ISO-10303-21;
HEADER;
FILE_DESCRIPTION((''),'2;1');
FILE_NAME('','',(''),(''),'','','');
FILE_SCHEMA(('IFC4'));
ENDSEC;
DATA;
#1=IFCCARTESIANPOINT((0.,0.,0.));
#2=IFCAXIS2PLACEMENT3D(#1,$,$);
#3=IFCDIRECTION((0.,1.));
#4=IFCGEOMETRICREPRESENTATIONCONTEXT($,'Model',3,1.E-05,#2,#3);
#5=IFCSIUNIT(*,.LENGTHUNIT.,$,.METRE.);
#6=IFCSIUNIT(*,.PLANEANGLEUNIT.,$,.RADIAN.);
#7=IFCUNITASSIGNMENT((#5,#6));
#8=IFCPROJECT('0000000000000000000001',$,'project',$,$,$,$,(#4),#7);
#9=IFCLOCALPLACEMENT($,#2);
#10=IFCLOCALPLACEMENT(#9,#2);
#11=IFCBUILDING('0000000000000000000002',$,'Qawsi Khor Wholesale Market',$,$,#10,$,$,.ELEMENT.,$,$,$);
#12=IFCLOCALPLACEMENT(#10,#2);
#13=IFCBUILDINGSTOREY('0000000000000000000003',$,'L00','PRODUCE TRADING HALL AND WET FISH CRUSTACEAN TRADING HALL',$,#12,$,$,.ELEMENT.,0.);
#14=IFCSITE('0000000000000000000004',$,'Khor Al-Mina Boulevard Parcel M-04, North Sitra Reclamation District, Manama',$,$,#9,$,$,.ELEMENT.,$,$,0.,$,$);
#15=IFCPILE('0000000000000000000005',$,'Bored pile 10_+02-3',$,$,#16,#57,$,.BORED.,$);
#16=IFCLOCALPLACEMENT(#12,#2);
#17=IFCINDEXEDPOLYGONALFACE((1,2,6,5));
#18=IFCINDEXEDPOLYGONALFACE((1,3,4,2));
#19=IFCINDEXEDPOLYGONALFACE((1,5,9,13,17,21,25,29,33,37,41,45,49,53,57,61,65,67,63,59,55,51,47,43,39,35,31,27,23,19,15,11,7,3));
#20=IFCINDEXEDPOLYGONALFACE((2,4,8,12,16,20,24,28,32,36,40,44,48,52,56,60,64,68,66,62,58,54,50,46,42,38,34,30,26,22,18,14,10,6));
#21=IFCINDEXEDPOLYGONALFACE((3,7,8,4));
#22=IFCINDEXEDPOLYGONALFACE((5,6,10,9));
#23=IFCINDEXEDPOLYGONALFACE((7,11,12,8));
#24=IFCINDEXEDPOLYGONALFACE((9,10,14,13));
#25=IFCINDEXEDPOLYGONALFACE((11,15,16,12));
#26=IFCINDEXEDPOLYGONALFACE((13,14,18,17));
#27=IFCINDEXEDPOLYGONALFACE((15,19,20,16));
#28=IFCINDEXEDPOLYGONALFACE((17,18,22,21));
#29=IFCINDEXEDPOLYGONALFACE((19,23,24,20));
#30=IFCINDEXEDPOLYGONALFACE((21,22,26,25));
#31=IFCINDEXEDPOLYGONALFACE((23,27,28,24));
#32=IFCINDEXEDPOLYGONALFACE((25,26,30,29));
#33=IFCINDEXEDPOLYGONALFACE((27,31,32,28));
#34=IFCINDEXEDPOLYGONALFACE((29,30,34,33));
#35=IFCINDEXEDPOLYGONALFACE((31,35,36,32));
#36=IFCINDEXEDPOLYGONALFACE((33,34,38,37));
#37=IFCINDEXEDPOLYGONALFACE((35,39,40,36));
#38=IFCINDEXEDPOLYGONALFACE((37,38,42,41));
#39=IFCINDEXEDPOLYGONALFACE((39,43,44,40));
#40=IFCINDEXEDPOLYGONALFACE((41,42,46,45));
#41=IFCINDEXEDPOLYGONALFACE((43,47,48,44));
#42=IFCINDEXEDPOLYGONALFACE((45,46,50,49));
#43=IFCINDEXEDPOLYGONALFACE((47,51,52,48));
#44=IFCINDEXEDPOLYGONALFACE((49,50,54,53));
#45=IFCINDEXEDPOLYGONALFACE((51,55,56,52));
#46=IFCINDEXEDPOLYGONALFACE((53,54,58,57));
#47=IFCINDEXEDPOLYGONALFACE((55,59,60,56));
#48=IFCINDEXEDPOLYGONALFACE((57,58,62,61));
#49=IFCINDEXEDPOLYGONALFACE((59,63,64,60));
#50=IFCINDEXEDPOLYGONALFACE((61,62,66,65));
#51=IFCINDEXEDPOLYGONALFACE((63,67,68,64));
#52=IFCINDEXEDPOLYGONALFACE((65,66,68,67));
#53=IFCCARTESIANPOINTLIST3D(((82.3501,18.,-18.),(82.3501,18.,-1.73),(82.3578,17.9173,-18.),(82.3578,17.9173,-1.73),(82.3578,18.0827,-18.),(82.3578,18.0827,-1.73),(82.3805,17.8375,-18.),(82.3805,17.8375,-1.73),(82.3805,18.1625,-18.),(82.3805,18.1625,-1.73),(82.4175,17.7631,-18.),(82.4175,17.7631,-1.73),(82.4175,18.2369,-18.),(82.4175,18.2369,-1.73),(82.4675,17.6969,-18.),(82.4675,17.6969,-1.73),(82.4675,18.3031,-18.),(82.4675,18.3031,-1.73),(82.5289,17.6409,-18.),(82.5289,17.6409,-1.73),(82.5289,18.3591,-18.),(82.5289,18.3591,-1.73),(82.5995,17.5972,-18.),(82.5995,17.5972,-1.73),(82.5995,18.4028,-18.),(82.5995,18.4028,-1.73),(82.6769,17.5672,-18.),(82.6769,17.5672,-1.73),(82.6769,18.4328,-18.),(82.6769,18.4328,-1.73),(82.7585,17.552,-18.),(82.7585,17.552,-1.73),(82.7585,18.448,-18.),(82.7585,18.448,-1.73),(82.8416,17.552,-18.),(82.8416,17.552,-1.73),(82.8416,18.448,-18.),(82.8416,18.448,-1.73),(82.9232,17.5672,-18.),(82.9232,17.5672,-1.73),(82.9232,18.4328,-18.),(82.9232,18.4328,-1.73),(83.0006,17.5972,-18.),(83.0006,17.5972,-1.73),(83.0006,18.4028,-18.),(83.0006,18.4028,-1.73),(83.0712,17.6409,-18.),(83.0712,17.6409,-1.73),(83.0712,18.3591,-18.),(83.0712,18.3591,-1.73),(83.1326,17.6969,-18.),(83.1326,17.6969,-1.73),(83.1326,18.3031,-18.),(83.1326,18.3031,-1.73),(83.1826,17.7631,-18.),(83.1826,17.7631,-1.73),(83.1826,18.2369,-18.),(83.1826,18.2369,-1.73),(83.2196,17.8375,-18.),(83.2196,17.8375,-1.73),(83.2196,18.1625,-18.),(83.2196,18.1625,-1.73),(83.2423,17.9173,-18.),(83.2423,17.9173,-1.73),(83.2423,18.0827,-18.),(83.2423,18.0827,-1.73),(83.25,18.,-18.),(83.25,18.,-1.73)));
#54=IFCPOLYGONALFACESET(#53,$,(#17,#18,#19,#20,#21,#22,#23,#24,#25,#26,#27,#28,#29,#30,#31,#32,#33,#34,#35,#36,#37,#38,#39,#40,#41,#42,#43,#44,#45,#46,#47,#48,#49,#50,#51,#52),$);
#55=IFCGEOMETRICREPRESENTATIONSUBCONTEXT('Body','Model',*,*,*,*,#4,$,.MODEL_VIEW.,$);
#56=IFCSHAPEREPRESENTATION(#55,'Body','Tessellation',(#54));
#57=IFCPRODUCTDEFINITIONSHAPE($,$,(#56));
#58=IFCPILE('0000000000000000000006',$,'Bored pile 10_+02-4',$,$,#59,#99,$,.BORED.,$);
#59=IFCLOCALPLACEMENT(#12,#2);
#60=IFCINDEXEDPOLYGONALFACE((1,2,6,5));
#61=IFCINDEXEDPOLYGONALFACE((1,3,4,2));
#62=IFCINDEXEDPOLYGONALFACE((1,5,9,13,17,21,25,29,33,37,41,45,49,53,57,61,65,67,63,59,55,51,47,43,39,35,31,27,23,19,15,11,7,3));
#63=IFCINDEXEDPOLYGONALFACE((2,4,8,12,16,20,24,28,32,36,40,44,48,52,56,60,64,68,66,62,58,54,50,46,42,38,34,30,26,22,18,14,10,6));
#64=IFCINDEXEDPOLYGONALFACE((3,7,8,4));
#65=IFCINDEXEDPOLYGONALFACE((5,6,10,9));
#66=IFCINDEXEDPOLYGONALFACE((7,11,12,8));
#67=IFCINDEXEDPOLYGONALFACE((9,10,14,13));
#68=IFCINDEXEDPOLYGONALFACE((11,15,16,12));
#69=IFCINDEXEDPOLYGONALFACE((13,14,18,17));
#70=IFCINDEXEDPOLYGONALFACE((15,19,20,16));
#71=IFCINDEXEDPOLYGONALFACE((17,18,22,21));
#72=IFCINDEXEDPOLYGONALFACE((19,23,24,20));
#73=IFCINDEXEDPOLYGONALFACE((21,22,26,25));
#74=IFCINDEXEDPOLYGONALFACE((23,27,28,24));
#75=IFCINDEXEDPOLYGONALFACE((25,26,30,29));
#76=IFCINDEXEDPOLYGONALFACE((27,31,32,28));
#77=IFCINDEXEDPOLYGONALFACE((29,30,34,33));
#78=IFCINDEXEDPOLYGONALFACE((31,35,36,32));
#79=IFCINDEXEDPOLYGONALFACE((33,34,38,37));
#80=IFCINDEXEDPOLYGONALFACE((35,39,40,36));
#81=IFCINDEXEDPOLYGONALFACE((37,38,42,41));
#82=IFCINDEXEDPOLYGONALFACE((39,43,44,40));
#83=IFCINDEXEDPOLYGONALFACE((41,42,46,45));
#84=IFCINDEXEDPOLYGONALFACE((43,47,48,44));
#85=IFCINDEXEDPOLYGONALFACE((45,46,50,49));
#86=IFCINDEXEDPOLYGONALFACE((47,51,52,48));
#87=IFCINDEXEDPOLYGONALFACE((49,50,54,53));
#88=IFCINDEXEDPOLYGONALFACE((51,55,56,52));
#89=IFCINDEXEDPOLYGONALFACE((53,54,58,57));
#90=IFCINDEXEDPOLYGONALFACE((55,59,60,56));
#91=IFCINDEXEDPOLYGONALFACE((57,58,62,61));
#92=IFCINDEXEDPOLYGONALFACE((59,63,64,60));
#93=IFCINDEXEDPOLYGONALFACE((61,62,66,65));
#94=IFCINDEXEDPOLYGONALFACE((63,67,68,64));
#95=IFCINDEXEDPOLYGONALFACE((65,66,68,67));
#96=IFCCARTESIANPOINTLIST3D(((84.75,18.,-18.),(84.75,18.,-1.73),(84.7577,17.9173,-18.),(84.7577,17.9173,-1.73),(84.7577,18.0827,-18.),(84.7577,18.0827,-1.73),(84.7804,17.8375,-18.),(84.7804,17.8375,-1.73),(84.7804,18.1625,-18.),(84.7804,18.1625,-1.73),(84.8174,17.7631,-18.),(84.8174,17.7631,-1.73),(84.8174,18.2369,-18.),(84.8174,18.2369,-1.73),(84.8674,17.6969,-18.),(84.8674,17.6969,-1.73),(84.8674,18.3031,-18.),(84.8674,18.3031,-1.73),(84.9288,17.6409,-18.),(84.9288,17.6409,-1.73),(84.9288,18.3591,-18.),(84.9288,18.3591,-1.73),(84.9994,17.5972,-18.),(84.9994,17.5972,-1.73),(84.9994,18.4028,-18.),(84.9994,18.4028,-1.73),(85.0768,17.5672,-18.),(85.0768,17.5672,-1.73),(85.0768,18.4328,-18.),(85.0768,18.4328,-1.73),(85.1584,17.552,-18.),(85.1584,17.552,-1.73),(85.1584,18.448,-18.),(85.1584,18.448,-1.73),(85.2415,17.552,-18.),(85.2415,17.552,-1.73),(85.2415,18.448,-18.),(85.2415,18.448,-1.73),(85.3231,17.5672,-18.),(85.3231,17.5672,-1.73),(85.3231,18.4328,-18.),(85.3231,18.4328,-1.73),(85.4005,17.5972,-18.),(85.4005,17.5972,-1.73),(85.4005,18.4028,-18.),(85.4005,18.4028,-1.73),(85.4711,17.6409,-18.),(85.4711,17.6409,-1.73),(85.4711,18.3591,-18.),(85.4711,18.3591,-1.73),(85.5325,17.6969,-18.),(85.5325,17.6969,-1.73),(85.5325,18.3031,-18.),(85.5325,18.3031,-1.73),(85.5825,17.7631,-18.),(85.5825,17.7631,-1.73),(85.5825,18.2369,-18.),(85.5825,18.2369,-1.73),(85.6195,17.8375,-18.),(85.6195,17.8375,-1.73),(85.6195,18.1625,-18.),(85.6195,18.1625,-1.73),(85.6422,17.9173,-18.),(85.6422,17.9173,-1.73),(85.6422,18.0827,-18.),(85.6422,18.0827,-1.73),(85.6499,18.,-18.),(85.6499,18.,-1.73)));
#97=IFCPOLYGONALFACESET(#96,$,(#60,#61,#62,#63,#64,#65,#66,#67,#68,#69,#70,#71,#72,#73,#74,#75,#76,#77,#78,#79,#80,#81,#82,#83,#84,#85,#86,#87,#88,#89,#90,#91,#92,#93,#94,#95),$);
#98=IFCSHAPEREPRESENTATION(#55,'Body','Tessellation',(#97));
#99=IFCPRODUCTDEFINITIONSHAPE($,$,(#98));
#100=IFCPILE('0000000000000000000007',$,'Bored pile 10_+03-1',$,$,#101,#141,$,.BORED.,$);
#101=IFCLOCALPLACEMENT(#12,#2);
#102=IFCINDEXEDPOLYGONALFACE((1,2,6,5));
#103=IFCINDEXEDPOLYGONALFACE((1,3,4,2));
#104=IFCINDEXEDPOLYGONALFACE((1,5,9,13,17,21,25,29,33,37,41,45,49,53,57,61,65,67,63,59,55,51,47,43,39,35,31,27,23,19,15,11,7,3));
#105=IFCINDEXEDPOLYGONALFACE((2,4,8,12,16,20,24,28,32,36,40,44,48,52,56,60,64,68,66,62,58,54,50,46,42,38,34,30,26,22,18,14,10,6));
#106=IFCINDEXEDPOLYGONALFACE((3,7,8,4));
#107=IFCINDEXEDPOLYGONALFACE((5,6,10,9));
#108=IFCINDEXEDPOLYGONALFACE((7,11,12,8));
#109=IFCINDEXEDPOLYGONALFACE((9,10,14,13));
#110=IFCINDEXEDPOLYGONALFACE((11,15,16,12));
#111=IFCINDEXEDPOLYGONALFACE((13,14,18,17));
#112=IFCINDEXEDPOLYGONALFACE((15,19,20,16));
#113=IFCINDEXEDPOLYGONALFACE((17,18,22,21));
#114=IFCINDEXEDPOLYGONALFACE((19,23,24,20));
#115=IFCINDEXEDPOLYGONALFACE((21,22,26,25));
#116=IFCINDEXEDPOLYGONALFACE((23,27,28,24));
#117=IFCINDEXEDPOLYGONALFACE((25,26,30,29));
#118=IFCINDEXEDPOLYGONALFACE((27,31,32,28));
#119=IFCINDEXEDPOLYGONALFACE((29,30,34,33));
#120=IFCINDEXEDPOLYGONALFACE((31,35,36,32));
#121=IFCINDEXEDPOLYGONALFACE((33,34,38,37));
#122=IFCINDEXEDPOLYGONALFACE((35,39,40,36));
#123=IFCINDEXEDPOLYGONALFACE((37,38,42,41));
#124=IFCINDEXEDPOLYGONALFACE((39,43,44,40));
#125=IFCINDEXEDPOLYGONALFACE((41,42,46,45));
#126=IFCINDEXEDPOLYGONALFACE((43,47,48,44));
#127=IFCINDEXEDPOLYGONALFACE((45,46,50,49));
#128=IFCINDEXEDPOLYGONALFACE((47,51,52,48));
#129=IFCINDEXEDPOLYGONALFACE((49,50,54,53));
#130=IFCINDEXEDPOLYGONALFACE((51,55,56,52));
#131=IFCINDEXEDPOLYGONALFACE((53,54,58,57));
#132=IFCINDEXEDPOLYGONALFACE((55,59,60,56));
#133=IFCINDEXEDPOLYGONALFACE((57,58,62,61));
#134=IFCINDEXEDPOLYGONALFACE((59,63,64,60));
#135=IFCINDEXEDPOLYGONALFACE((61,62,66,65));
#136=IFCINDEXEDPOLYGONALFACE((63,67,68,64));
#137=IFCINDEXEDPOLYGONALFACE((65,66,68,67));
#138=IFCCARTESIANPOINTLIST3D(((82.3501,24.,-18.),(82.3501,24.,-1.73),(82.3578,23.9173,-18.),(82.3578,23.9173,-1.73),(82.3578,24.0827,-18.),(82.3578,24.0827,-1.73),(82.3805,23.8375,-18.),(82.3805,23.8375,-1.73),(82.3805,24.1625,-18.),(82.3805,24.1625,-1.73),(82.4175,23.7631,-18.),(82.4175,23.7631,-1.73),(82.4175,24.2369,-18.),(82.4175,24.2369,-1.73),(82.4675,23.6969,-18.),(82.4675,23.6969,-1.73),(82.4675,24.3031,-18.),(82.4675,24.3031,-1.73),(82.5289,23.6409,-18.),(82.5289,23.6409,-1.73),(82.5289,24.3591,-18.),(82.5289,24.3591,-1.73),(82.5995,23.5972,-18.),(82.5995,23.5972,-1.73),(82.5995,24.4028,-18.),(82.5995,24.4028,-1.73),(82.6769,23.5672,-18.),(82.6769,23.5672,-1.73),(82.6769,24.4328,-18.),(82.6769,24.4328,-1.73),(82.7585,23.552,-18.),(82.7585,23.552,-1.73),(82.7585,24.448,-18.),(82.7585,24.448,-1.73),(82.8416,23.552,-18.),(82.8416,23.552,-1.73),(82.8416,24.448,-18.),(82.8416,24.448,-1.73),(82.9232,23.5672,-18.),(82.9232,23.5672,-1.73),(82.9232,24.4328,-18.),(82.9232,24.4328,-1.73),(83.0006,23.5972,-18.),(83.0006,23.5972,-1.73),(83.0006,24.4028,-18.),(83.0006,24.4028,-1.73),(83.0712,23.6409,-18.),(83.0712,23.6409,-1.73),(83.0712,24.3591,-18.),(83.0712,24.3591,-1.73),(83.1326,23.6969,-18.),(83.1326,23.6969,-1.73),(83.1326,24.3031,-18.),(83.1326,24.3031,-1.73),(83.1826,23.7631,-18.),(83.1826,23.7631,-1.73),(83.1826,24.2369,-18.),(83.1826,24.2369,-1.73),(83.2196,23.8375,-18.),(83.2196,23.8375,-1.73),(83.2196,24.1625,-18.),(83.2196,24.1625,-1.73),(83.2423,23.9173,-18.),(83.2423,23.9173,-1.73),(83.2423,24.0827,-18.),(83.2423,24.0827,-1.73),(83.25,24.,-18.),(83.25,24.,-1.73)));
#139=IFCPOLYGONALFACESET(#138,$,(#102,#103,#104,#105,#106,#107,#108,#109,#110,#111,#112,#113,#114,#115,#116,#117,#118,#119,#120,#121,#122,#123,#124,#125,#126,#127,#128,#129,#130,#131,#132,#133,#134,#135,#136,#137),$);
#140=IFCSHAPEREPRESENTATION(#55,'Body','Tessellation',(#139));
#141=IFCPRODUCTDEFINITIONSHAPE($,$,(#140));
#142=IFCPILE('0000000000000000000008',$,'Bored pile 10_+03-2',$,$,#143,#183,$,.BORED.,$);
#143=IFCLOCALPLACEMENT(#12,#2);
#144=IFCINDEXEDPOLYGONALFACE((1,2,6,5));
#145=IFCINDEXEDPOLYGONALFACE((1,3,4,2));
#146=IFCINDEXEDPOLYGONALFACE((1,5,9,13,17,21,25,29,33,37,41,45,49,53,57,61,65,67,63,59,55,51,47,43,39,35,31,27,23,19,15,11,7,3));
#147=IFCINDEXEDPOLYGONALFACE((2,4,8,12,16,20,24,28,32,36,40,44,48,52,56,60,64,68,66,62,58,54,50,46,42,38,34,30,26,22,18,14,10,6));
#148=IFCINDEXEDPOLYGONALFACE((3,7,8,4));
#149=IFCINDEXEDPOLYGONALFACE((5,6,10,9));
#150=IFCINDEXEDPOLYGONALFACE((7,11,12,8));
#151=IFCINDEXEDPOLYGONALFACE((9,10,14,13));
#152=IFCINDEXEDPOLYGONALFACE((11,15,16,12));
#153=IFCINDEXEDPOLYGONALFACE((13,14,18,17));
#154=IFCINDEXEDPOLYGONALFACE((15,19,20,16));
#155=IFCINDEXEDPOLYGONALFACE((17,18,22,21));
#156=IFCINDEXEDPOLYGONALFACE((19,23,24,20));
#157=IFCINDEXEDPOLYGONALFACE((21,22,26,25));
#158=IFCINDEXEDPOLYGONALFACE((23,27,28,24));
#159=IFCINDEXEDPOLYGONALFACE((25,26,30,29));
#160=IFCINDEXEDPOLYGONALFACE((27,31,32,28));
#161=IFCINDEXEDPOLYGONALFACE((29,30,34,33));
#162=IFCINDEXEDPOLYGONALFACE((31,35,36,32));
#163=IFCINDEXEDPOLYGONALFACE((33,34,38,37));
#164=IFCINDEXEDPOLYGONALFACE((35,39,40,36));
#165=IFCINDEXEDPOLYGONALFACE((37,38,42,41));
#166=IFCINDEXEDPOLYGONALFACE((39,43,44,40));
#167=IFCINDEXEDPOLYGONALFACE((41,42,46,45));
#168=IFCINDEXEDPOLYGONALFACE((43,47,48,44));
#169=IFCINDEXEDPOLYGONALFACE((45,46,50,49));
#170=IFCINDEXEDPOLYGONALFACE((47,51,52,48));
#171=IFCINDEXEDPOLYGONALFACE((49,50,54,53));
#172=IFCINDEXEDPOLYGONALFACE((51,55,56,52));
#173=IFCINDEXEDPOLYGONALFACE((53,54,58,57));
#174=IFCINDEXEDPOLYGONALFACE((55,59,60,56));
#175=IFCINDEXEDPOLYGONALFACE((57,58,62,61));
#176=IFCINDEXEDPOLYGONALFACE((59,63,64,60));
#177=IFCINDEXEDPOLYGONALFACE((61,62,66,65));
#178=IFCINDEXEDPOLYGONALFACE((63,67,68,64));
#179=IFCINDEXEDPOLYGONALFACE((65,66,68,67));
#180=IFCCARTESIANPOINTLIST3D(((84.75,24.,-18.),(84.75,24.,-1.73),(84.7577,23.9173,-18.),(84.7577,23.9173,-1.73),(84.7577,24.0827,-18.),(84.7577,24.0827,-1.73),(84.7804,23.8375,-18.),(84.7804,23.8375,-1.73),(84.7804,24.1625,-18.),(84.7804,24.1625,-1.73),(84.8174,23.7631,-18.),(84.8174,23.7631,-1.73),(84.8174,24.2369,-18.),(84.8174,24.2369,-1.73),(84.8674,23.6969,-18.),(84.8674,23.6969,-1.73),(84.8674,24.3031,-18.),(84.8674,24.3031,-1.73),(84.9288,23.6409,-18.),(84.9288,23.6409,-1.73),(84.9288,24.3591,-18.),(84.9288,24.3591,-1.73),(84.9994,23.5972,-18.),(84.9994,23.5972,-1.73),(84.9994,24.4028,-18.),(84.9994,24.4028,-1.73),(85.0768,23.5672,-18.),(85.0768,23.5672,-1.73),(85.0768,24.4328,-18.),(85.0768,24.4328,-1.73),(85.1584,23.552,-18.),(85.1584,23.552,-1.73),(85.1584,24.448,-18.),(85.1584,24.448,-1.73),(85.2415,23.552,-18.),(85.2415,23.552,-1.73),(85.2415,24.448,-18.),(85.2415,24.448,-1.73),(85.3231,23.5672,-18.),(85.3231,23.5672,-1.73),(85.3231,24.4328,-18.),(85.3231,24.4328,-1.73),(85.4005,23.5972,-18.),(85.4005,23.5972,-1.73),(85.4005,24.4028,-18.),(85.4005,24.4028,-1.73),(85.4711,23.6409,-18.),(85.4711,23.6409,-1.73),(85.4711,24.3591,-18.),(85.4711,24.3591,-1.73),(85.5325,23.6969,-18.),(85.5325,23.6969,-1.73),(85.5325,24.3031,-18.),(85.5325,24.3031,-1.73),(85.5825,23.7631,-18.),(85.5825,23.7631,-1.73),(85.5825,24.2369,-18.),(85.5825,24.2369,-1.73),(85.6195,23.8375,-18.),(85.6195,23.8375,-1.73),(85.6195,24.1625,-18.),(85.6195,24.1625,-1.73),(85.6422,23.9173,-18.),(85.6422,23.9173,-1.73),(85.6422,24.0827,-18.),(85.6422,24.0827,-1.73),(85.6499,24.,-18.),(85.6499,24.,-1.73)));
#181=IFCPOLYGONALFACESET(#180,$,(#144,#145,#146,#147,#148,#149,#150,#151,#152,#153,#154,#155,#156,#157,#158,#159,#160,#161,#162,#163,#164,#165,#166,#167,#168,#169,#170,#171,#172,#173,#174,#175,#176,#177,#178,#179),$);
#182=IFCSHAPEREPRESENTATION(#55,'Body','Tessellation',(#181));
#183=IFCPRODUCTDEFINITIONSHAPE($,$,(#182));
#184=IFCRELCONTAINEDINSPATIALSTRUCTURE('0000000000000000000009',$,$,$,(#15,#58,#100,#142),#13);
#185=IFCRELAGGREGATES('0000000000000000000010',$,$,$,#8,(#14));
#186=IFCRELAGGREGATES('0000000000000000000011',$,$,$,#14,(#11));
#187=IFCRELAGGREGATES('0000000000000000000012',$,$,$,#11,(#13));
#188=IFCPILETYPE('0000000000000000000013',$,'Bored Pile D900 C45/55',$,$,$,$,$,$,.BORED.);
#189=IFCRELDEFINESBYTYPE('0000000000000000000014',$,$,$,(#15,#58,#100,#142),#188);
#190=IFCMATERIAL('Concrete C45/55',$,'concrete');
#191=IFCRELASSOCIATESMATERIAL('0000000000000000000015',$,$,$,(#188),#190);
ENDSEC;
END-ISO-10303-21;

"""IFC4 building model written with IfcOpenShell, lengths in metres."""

from ifc_helpers import new_model, si_unit, direction, frame, origin, origin_2d, place, context, subcontext, project, spatial, circle, extrude, material, material_profile, profile_set, type_object, element, save


model = new_model("IFC4")

# Units and contexts
model_context = context("Model", 3, precision=1e-05, world=origin(), true_north=direction((0.0, 1.0)))
body_context = subcontext(model_context, "Body", "Model", "MODEL_VIEW")
ifc_project = project(units=[si_unit("LENGTHUNIT", "METRE"), si_unit("PLANEANGLEUNIT", "RADIAN")], contexts=[model_context])

# Site, building, storey
site_placement = place(None, origin())
site = spatial("IfcSite", under=ifc_project, at=site_placement, Name="Khor Al-Mina Boulevard Parcel M-04, North Sitra Reclamation District, Manama", CompositionType="ELEMENT", RefElevation=0.0)
building_placement = place(site_placement, origin())
building = spatial("IfcBuilding", under=site, at=building_placement, Name="Qawsi Khor Wholesale Market", CompositionType="ELEMENT")
storey_placement = place(building_placement, origin())
storey = spatial("IfcBuildingStorey", under=building, at=storey_placement, Name="L00", Description="PRODUCE TRADING HALL AND WET FISH CRUSTACEAN TRADING HALL", CompositionType="ELEMENT", Elevation=0.0)

# Piles
ifc_material_1 = material(Name="Concrete C45/55", Category="concrete")
ifc_material_profile_1 = material_profile(ifc_material_1, circle(Radius=0.45, at=origin_2d()), Name="PILE D900")
ifc_profile_set_1 = profile_set([ifc_material_profile_1], Name="Concrete C45/55")
pile_type = type_object("IfcPileType", Name="Bored Pile D900 C45/55", PredefinedType="BORED", material=ifc_profile_set_1)
for number, where, z_axis, x_axis, name in (
    (1, (82.8, 18.0, -1.73), (0.0, 0.0, -1.0), (1.0, 0.0, 0.0), "Bored pile 10_+02-3"),
    (2, (85.2, 18.0, -1.73), (0.0, 0.0, -1.0), (1.0, 0.0, 0.0), "Bored pile 10_+02-4"),
    (3, (82.8, 24.0, -1.73), (0.0, 0.0, -1.0), (1.0, 0.0, 0.0), "Bored pile 10_+03-1"),
    (4, (85.2, 24.0, -1.73), (0.0, 0.0, -1.0), (1.0, 0.0, 0.0), "Bored pile 10_+03-2"),
):
    element("IfcPile", number, at=place(storey_placement, frame(where, z_axis=z_axis, x_axis=x_axis)), inside=storey, type_object=pile_type, Name=name, PredefinedType="BORED", context=body_context, shape_type="SweptSolid", body=[
        extrude(circle(Radius=0.45, at=origin_2d()), origin(), (0.0, 0.0, 1.0), 16.27),
    ])

save(model, "model.ifc")
